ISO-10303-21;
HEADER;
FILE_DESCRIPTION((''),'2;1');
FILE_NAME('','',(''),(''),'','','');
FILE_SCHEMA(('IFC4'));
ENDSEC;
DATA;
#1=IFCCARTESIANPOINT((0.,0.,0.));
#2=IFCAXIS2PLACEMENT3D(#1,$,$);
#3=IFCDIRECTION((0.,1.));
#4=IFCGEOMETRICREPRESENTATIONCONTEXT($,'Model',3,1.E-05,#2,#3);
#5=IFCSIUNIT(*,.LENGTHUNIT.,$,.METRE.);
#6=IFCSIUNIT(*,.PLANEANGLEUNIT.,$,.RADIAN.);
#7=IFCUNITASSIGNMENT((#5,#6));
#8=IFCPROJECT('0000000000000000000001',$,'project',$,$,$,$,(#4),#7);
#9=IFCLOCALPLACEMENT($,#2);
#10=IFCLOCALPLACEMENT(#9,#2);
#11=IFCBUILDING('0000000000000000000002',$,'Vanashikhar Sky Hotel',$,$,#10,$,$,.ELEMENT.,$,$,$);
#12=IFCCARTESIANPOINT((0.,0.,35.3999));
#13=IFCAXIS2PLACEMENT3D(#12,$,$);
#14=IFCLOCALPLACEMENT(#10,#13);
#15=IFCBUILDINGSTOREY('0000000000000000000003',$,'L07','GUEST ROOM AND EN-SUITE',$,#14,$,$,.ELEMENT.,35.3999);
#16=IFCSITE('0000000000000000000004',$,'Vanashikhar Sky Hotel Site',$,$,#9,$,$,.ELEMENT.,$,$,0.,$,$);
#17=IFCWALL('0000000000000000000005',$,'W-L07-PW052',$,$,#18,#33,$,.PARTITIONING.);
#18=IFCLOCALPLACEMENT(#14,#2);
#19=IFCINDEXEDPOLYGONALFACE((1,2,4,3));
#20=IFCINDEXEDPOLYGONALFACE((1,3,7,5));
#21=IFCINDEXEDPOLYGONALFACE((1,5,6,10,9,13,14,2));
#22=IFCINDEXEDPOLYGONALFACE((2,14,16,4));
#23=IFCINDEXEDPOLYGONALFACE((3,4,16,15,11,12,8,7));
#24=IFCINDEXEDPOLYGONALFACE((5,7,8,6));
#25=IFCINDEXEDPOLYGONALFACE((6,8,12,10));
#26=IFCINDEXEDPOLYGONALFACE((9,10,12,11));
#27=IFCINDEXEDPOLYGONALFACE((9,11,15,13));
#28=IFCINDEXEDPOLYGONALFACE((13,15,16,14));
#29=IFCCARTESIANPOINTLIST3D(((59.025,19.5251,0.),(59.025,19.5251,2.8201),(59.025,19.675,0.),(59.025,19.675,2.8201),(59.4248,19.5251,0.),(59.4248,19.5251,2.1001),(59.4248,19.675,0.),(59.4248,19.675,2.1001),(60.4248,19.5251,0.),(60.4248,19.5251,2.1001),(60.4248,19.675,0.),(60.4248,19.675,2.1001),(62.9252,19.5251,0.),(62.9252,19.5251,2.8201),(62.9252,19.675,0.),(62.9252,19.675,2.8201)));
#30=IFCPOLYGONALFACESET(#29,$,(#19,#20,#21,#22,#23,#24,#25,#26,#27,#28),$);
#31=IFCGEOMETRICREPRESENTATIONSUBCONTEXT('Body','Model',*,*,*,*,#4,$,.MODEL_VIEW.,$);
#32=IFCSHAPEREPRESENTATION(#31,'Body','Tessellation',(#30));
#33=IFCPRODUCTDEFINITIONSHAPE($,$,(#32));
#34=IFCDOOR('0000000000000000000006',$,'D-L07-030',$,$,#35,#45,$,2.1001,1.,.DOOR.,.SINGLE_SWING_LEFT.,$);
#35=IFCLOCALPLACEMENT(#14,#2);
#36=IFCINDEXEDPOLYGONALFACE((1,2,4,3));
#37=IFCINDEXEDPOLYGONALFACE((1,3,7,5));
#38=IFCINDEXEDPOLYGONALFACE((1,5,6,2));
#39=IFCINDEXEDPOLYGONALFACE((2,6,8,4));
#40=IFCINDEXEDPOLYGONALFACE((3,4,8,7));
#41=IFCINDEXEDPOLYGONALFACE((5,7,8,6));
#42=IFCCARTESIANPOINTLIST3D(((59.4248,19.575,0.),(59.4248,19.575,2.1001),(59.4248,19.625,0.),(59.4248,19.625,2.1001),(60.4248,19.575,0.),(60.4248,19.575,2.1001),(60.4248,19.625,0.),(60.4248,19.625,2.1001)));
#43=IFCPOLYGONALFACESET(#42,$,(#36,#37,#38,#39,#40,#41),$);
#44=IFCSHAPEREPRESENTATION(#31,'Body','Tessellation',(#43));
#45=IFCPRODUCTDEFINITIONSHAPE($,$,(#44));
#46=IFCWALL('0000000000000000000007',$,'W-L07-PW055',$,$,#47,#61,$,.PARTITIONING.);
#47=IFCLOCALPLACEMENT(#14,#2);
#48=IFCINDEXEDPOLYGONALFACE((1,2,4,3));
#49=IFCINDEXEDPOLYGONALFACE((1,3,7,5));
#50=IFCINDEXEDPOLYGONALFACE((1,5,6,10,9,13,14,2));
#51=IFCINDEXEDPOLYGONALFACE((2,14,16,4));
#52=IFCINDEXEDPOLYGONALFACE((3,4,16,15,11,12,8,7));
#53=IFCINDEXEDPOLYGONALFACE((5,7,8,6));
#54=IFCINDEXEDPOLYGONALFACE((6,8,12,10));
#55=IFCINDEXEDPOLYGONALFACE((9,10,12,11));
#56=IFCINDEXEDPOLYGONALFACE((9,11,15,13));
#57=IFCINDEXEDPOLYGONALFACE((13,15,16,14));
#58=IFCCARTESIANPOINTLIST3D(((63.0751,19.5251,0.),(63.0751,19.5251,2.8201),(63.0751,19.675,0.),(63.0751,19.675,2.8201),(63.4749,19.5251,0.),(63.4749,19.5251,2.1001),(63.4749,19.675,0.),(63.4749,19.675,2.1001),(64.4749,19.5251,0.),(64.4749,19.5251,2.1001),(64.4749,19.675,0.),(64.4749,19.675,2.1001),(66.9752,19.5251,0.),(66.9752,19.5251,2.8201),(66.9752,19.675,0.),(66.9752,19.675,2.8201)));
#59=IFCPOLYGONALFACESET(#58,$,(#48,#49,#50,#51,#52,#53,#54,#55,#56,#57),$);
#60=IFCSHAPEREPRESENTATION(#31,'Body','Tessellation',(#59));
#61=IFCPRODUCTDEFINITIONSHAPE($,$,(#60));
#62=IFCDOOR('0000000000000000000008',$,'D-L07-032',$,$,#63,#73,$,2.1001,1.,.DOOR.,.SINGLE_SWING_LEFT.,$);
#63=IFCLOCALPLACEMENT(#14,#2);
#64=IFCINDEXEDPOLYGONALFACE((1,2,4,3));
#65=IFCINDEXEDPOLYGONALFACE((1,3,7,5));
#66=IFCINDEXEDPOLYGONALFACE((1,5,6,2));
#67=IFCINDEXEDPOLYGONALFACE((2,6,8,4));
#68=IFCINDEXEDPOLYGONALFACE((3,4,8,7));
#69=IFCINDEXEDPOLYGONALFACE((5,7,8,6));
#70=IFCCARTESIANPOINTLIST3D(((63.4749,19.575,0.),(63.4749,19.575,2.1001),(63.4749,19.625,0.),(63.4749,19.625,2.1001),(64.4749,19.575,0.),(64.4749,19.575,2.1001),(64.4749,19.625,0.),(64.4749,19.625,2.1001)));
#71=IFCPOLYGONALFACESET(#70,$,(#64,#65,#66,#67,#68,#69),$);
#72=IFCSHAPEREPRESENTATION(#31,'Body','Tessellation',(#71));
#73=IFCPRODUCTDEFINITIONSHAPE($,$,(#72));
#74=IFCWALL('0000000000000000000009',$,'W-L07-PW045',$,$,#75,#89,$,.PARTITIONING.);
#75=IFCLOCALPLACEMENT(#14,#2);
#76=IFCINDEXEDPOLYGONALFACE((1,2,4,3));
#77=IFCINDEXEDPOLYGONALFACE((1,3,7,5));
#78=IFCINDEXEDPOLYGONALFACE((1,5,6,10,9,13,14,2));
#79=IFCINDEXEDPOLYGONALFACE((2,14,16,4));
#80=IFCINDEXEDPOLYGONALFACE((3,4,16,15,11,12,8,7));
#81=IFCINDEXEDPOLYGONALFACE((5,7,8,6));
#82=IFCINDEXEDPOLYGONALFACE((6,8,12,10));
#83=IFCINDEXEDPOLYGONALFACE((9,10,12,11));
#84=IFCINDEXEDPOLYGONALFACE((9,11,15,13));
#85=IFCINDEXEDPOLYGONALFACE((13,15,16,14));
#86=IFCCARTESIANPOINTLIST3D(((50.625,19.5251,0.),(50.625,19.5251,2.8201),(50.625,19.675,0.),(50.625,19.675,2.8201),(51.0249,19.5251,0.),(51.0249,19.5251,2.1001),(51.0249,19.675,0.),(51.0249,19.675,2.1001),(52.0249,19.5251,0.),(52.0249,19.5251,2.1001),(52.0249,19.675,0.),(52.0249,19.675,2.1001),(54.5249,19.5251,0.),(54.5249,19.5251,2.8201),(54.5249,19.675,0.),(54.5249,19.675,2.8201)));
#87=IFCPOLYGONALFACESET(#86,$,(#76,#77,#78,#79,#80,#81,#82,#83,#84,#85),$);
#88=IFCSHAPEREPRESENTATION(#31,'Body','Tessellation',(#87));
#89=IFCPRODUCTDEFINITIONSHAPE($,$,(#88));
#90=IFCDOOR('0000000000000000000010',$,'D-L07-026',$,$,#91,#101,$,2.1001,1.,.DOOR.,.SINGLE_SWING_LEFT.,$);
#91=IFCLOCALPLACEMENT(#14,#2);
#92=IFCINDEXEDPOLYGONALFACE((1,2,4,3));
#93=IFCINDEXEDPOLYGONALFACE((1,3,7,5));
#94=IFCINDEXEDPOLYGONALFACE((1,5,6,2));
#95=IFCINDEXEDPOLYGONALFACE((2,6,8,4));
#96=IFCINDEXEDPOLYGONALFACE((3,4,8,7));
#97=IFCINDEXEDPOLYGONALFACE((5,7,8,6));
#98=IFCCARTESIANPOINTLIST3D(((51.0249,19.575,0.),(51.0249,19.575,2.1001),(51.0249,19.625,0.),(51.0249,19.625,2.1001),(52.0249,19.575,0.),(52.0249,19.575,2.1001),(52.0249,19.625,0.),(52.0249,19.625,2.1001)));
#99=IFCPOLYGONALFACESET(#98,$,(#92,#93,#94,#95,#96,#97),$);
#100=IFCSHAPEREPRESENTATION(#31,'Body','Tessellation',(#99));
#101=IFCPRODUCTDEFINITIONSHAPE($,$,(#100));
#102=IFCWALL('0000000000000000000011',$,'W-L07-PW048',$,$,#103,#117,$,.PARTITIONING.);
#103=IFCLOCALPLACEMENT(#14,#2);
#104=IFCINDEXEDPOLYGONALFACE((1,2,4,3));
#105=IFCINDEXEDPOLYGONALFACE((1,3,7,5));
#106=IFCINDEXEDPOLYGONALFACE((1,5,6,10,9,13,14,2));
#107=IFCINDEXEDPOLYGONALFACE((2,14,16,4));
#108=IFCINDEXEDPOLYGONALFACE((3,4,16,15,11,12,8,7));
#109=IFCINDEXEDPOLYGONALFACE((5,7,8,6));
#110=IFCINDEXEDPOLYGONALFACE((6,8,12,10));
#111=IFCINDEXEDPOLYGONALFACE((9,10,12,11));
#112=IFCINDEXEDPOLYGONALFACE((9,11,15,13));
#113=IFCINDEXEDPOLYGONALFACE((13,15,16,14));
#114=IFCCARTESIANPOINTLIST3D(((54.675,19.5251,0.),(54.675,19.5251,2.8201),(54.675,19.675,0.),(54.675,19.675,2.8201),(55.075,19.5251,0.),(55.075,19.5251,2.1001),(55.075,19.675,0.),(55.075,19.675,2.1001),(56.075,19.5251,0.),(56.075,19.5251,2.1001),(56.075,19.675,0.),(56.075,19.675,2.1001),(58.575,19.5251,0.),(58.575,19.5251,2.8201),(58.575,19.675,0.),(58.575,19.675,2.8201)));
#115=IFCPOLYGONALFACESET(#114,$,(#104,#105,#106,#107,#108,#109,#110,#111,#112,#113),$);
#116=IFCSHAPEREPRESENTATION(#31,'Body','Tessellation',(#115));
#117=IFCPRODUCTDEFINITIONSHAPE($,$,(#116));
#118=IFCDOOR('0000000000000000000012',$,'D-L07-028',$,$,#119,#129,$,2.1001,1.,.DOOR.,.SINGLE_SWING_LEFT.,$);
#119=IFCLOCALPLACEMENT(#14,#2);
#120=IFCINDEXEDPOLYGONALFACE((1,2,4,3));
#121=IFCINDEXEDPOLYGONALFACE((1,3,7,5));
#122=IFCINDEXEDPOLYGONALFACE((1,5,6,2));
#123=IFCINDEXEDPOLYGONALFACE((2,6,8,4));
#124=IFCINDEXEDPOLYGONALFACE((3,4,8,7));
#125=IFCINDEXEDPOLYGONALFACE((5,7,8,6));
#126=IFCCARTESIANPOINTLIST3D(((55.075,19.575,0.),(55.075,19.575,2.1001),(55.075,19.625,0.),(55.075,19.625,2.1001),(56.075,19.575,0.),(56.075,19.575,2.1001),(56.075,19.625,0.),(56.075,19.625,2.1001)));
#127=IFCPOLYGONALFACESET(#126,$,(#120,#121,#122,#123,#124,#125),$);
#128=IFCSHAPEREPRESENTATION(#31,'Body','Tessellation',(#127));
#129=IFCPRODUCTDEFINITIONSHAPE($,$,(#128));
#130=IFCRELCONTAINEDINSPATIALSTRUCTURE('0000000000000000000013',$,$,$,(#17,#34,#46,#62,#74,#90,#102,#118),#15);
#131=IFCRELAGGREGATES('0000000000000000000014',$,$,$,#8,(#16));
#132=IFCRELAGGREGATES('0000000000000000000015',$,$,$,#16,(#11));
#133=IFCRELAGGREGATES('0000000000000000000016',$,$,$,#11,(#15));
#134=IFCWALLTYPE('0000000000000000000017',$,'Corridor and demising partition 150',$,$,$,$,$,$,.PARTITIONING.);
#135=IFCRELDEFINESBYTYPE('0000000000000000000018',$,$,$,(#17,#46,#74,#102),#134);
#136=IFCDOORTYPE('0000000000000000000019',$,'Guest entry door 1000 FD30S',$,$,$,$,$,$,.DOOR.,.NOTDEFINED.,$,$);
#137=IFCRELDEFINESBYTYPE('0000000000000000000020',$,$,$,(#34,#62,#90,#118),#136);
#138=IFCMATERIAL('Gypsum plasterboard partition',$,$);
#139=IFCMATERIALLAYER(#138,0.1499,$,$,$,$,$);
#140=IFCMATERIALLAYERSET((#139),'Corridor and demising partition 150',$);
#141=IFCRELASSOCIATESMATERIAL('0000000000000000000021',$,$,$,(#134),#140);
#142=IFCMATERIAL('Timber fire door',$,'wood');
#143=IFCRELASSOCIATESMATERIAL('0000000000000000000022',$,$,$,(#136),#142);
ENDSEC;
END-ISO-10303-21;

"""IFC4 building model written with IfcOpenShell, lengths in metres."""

from ifc_helpers import new_model, si_unit, direction, frame, frame_2d, origin, place, context, subcontext, project, spatial, rectangle, extrude, source, transform, mapped, material, layer, layer_set, type_object, element, fill, save


model = new_model("IFC4")

# Units and contexts
model_context = context("Model", 3, precision=1e-05, world=origin(), true_north=direction((0.0, 1.0)))
body_context = subcontext(model_context, "Body", "Model", "MODEL_VIEW")
ifc_project = project(units=[si_unit("LENGTHUNIT", "METRE"), si_unit("PLANEANGLEUNIT", "RADIAN")], contexts=[model_context])

# Site, building, storey
site_placement = place(None, origin())
site = spatial("IfcSite", under=ifc_project, at=site_placement, Name="Vanashikhar Sky Hotel Site", CompositionType="ELEMENT", RefElevation=0.0)
building_placement = place(site_placement, origin())
building = spatial("IfcBuilding", under=site, at=building_placement, Name="Vanashikhar Sky Hotel", CompositionType="ELEMENT")
storey_placement = place(building_placement, frame((0.0, 0.0, 35.3999)))
storey = spatial("IfcBuildingStorey", under=building, at=storey_placement, Name="L07", Description="GUEST ROOM AND EN-SUITE", CompositionType="ELEMENT", Elevation=35.3999)

# Shared definitions
ifc_material_1 = material(Name="Gypsum plasterboard partition")

# Walls, openings, doors
ifc_layer_1 = layer(ifc_material_1, 0.1499)
ifc_layer_set_1 = layer_set([ifc_layer_1], Name="Corridor and demising partition 150")
wall_type_1 = type_object("IfcWallType", Name="Corridor and demising partition 150", PredefinedType="PARTITIONING", material=ifc_layer_set_1)
shared_shape_1 = source(origin(), body_context, "Body", "SweptSolid", [
    extrude(rectangle(XDim=3.9001, YDim=0.1499, at=frame_2d((1.9502, 0.0))), origin(), (0.0, 0.0, 1.0), 2.8201),
])
shared_shape_2 = source(origin(), body_context, "Body", "SweptSolid", [
    extrude(rectangle(XDim=1.0, YDim=2.1001, at=frame_2d((0.5, 1.05))), frame((0.0, 0.085, 0.0), z_axis=(0.0, -1.0, 0.0), x_axis=(1.0, 0.0, 0.0)), (0.0, 0.0, 1.0), 0.1699),
])
ifc_material_2 = material(Name="Timber fire door", Category="wood")
door_type_1 = type_object("IfcDoorType", Name="Guest entry door 1000 FD30S", OperationType="NOTDEFINED", PredefinedType="DOOR", material=ifc_material_2)
shared_shape_3 = source(origin(), body_context, "Body", "SweptSolid", [
    extrude(rectangle(XDim=1.0, YDim=2.1001, at=frame_2d((0.5, 1.05))), frame((0.0, 0.0249, 0.0), z_axis=(0.0, -1.0, 0.0), x_axis=(1.0, 0.0, 0.0)), (0.0, 0.0, 1.0), 0.05),
])
wall_1_placement = place(storey_placement, frame((59.0249, 19.6001, 0.0), z_axis=(0.0, 0.0, 1.0), x_axis=(1.0, 0.0, 0.0)))
wall_1 = element("IfcWall", 1, at=wall_1_placement, inside=storey, type_object=wall_type_1, Name="W-L07-PW052", PredefinedType="PARTITIONING", context=body_context, shape_type="MappedRepresentation", body=[
    mapped(shared_shape_1, transform((0.0, 0.0, 0.0), scale=1.0)),
])
opening_1_placement = place(wall_1_placement, frame((0.3999, 0.0, 0.0)))
opening_1 = element("IfcOpeningElement", 2, at=opening_1_placement, cuts=wall_1, PredefinedType="OPENING", context=body_context, shape_type="MappedRepresentation", body=[
    mapped(shared_shape_2, transform((0.0, 0.0, 0.0), scale=1.0)),
])
door_1_placement = place(opening_1_placement, origin())
door_1 = element("IfcDoor", 3, at=door_1_placement, inside=storey, type_object=door_type_1, Name="D-L07-030", OperationType="SINGLE_SWING_LEFT", OverallHeight=2.1001, OverallWidth=1.0, PredefinedType="DOOR", context=body_context, shape_type="MappedRepresentation", body=[
    mapped(shared_shape_3, transform((0.0, 0.0, 0.0), scale=1.0)),
])
fill(opening_1, door_1)
wall_2_placement = place(storey_placement, frame((63.075, 19.6001, 0.0), z_axis=(0.0, 0.0, 1.0), x_axis=(1.0, 0.0, 0.0)))
wall_2 = element("IfcWall", 4, at=wall_2_placement, inside=storey, type_object=wall_type_1, Name="W-L07-PW055", PredefinedType="PARTITIONING", context=body_context, shape_type="MappedRepresentation", body=[
    mapped(shared_shape_1, transform((0.0, 0.0, 0.0), scale=1.0)),
])
opening_2_placement = place(wall_2_placement, frame((0.3999, 0.0, 0.0)))
opening_2 = element("IfcOpeningElement", 5, at=opening_2_placement, cuts=wall_2, PredefinedType="OPENING", context=body_context, shape_type="MappedRepresentation", body=[
    mapped(shared_shape_2, transform((0.0, 0.0, 0.0), scale=1.0)),
])
door_2_placement = place(opening_2_placement, origin())
door_2 = element("IfcDoor", 6, at=door_2_placement, inside=storey, type_object=door_type_1, Name="D-L07-032", OperationType="SINGLE_SWING_LEFT", OverallHeight=2.1001, OverallWidth=1.0, PredefinedType="DOOR", context=body_context, shape_type="MappedRepresentation", body=[
    mapped(shared_shape_3, transform((0.0, 0.0, 0.0), scale=1.0)),
])
fill(opening_2, door_2)
shared_shape_4 = source(origin(), body_context, "Body", "SweptSolid", [
    extrude(rectangle(XDim=3.8999, YDim=0.1499, at=frame_2d((1.95, 0.0))), origin(), (0.0, 0.0, 1.0), 2.8201),
])
wall_3_placement = place(storey_placement, frame((50.625, 19.6001, 0.0), z_axis=(0.0, 0.0, 1.0), x_axis=(1.0, 0.0, 0.0)))
wall_3 = element("IfcWall", 7, at=wall_3_placement, inside=storey, type_object=wall_type_1, Name="W-L07-PW045", PredefinedType="PARTITIONING", context=body_context, shape_type="MappedRepresentation", body=[
    mapped(shared_shape_4, transform((0.0, 0.0, 0.0), scale=1.0)),
])
opening_3_placement = place(wall_3_placement, frame((0.3999, 0.0, 0.0)))
opening_3 = element("IfcOpeningElement", 8, at=opening_3_placement, cuts=wall_3, PredefinedType="OPENING", context=body_context, shape_type="MappedRepresentation", body=[
    mapped(shared_shape_2, transform((0.0, 0.0, 0.0), scale=1.0)),
])
door_3_placement = place(opening_3_placement, origin())
door_3 = element("IfcDoor", 9, at=door_3_placement, inside=storey, type_object=door_type_1, Name="D-L07-026", OperationType="SINGLE_SWING_LEFT", OverallHeight=2.1001, OverallWidth=1.0, PredefinedType="DOOR", context=body_context, shape_type="MappedRepresentation", body=[
    mapped(shared_shape_3, transform((0.0, 0.0, 0.0), scale=1.0)),
])
fill(opening_3, door_3)
wall_4_placement = place(storey_placement, frame((54.675, 19.6001, 0.0), z_axis=(0.0, 0.0, 1.0), x_axis=(1.0, 0.0, 0.0)))
wall_4 = element("IfcWall", 10, at=wall_4_placement, inside=storey, type_object=wall_type_1, Name="W-L07-PW048", PredefinedType="PARTITIONING", context=body_context, shape_type="MappedRepresentation", body=[
    mapped(shared_shape_4, transform((0.0, 0.0, 0.0), scale=1.0)),
])
opening_4_placement = place(wall_4_placement, frame((0.3999, 0.0, 0.0)))
opening_4 = element("IfcOpeningElement", 11, at=opening_4_placement, cuts=wall_4, PredefinedType="OPENING", context=body_context, shape_type="MappedRepresentation", body=[
    mapped(shared_shape_2, transform((0.0, 0.0, 0.0), scale=1.0)),
])
door_4_placement = place(opening_4_placement, origin())
door_4 = element("IfcDoor", 12, at=door_4_placement, inside=storey, type_object=door_type_1, Name="D-L07-028", OperationType="SINGLE_SWING_LEFT", OverallHeight=2.1001, OverallWidth=1.0, PredefinedType="DOOR", context=body_context, shape_type="MappedRepresentation", body=[
    mapped(shared_shape_3, transform((0.0, 0.0, 0.0), scale=1.0)),
])
fill(opening_4, door_4)

save(model, "model.ifc")
